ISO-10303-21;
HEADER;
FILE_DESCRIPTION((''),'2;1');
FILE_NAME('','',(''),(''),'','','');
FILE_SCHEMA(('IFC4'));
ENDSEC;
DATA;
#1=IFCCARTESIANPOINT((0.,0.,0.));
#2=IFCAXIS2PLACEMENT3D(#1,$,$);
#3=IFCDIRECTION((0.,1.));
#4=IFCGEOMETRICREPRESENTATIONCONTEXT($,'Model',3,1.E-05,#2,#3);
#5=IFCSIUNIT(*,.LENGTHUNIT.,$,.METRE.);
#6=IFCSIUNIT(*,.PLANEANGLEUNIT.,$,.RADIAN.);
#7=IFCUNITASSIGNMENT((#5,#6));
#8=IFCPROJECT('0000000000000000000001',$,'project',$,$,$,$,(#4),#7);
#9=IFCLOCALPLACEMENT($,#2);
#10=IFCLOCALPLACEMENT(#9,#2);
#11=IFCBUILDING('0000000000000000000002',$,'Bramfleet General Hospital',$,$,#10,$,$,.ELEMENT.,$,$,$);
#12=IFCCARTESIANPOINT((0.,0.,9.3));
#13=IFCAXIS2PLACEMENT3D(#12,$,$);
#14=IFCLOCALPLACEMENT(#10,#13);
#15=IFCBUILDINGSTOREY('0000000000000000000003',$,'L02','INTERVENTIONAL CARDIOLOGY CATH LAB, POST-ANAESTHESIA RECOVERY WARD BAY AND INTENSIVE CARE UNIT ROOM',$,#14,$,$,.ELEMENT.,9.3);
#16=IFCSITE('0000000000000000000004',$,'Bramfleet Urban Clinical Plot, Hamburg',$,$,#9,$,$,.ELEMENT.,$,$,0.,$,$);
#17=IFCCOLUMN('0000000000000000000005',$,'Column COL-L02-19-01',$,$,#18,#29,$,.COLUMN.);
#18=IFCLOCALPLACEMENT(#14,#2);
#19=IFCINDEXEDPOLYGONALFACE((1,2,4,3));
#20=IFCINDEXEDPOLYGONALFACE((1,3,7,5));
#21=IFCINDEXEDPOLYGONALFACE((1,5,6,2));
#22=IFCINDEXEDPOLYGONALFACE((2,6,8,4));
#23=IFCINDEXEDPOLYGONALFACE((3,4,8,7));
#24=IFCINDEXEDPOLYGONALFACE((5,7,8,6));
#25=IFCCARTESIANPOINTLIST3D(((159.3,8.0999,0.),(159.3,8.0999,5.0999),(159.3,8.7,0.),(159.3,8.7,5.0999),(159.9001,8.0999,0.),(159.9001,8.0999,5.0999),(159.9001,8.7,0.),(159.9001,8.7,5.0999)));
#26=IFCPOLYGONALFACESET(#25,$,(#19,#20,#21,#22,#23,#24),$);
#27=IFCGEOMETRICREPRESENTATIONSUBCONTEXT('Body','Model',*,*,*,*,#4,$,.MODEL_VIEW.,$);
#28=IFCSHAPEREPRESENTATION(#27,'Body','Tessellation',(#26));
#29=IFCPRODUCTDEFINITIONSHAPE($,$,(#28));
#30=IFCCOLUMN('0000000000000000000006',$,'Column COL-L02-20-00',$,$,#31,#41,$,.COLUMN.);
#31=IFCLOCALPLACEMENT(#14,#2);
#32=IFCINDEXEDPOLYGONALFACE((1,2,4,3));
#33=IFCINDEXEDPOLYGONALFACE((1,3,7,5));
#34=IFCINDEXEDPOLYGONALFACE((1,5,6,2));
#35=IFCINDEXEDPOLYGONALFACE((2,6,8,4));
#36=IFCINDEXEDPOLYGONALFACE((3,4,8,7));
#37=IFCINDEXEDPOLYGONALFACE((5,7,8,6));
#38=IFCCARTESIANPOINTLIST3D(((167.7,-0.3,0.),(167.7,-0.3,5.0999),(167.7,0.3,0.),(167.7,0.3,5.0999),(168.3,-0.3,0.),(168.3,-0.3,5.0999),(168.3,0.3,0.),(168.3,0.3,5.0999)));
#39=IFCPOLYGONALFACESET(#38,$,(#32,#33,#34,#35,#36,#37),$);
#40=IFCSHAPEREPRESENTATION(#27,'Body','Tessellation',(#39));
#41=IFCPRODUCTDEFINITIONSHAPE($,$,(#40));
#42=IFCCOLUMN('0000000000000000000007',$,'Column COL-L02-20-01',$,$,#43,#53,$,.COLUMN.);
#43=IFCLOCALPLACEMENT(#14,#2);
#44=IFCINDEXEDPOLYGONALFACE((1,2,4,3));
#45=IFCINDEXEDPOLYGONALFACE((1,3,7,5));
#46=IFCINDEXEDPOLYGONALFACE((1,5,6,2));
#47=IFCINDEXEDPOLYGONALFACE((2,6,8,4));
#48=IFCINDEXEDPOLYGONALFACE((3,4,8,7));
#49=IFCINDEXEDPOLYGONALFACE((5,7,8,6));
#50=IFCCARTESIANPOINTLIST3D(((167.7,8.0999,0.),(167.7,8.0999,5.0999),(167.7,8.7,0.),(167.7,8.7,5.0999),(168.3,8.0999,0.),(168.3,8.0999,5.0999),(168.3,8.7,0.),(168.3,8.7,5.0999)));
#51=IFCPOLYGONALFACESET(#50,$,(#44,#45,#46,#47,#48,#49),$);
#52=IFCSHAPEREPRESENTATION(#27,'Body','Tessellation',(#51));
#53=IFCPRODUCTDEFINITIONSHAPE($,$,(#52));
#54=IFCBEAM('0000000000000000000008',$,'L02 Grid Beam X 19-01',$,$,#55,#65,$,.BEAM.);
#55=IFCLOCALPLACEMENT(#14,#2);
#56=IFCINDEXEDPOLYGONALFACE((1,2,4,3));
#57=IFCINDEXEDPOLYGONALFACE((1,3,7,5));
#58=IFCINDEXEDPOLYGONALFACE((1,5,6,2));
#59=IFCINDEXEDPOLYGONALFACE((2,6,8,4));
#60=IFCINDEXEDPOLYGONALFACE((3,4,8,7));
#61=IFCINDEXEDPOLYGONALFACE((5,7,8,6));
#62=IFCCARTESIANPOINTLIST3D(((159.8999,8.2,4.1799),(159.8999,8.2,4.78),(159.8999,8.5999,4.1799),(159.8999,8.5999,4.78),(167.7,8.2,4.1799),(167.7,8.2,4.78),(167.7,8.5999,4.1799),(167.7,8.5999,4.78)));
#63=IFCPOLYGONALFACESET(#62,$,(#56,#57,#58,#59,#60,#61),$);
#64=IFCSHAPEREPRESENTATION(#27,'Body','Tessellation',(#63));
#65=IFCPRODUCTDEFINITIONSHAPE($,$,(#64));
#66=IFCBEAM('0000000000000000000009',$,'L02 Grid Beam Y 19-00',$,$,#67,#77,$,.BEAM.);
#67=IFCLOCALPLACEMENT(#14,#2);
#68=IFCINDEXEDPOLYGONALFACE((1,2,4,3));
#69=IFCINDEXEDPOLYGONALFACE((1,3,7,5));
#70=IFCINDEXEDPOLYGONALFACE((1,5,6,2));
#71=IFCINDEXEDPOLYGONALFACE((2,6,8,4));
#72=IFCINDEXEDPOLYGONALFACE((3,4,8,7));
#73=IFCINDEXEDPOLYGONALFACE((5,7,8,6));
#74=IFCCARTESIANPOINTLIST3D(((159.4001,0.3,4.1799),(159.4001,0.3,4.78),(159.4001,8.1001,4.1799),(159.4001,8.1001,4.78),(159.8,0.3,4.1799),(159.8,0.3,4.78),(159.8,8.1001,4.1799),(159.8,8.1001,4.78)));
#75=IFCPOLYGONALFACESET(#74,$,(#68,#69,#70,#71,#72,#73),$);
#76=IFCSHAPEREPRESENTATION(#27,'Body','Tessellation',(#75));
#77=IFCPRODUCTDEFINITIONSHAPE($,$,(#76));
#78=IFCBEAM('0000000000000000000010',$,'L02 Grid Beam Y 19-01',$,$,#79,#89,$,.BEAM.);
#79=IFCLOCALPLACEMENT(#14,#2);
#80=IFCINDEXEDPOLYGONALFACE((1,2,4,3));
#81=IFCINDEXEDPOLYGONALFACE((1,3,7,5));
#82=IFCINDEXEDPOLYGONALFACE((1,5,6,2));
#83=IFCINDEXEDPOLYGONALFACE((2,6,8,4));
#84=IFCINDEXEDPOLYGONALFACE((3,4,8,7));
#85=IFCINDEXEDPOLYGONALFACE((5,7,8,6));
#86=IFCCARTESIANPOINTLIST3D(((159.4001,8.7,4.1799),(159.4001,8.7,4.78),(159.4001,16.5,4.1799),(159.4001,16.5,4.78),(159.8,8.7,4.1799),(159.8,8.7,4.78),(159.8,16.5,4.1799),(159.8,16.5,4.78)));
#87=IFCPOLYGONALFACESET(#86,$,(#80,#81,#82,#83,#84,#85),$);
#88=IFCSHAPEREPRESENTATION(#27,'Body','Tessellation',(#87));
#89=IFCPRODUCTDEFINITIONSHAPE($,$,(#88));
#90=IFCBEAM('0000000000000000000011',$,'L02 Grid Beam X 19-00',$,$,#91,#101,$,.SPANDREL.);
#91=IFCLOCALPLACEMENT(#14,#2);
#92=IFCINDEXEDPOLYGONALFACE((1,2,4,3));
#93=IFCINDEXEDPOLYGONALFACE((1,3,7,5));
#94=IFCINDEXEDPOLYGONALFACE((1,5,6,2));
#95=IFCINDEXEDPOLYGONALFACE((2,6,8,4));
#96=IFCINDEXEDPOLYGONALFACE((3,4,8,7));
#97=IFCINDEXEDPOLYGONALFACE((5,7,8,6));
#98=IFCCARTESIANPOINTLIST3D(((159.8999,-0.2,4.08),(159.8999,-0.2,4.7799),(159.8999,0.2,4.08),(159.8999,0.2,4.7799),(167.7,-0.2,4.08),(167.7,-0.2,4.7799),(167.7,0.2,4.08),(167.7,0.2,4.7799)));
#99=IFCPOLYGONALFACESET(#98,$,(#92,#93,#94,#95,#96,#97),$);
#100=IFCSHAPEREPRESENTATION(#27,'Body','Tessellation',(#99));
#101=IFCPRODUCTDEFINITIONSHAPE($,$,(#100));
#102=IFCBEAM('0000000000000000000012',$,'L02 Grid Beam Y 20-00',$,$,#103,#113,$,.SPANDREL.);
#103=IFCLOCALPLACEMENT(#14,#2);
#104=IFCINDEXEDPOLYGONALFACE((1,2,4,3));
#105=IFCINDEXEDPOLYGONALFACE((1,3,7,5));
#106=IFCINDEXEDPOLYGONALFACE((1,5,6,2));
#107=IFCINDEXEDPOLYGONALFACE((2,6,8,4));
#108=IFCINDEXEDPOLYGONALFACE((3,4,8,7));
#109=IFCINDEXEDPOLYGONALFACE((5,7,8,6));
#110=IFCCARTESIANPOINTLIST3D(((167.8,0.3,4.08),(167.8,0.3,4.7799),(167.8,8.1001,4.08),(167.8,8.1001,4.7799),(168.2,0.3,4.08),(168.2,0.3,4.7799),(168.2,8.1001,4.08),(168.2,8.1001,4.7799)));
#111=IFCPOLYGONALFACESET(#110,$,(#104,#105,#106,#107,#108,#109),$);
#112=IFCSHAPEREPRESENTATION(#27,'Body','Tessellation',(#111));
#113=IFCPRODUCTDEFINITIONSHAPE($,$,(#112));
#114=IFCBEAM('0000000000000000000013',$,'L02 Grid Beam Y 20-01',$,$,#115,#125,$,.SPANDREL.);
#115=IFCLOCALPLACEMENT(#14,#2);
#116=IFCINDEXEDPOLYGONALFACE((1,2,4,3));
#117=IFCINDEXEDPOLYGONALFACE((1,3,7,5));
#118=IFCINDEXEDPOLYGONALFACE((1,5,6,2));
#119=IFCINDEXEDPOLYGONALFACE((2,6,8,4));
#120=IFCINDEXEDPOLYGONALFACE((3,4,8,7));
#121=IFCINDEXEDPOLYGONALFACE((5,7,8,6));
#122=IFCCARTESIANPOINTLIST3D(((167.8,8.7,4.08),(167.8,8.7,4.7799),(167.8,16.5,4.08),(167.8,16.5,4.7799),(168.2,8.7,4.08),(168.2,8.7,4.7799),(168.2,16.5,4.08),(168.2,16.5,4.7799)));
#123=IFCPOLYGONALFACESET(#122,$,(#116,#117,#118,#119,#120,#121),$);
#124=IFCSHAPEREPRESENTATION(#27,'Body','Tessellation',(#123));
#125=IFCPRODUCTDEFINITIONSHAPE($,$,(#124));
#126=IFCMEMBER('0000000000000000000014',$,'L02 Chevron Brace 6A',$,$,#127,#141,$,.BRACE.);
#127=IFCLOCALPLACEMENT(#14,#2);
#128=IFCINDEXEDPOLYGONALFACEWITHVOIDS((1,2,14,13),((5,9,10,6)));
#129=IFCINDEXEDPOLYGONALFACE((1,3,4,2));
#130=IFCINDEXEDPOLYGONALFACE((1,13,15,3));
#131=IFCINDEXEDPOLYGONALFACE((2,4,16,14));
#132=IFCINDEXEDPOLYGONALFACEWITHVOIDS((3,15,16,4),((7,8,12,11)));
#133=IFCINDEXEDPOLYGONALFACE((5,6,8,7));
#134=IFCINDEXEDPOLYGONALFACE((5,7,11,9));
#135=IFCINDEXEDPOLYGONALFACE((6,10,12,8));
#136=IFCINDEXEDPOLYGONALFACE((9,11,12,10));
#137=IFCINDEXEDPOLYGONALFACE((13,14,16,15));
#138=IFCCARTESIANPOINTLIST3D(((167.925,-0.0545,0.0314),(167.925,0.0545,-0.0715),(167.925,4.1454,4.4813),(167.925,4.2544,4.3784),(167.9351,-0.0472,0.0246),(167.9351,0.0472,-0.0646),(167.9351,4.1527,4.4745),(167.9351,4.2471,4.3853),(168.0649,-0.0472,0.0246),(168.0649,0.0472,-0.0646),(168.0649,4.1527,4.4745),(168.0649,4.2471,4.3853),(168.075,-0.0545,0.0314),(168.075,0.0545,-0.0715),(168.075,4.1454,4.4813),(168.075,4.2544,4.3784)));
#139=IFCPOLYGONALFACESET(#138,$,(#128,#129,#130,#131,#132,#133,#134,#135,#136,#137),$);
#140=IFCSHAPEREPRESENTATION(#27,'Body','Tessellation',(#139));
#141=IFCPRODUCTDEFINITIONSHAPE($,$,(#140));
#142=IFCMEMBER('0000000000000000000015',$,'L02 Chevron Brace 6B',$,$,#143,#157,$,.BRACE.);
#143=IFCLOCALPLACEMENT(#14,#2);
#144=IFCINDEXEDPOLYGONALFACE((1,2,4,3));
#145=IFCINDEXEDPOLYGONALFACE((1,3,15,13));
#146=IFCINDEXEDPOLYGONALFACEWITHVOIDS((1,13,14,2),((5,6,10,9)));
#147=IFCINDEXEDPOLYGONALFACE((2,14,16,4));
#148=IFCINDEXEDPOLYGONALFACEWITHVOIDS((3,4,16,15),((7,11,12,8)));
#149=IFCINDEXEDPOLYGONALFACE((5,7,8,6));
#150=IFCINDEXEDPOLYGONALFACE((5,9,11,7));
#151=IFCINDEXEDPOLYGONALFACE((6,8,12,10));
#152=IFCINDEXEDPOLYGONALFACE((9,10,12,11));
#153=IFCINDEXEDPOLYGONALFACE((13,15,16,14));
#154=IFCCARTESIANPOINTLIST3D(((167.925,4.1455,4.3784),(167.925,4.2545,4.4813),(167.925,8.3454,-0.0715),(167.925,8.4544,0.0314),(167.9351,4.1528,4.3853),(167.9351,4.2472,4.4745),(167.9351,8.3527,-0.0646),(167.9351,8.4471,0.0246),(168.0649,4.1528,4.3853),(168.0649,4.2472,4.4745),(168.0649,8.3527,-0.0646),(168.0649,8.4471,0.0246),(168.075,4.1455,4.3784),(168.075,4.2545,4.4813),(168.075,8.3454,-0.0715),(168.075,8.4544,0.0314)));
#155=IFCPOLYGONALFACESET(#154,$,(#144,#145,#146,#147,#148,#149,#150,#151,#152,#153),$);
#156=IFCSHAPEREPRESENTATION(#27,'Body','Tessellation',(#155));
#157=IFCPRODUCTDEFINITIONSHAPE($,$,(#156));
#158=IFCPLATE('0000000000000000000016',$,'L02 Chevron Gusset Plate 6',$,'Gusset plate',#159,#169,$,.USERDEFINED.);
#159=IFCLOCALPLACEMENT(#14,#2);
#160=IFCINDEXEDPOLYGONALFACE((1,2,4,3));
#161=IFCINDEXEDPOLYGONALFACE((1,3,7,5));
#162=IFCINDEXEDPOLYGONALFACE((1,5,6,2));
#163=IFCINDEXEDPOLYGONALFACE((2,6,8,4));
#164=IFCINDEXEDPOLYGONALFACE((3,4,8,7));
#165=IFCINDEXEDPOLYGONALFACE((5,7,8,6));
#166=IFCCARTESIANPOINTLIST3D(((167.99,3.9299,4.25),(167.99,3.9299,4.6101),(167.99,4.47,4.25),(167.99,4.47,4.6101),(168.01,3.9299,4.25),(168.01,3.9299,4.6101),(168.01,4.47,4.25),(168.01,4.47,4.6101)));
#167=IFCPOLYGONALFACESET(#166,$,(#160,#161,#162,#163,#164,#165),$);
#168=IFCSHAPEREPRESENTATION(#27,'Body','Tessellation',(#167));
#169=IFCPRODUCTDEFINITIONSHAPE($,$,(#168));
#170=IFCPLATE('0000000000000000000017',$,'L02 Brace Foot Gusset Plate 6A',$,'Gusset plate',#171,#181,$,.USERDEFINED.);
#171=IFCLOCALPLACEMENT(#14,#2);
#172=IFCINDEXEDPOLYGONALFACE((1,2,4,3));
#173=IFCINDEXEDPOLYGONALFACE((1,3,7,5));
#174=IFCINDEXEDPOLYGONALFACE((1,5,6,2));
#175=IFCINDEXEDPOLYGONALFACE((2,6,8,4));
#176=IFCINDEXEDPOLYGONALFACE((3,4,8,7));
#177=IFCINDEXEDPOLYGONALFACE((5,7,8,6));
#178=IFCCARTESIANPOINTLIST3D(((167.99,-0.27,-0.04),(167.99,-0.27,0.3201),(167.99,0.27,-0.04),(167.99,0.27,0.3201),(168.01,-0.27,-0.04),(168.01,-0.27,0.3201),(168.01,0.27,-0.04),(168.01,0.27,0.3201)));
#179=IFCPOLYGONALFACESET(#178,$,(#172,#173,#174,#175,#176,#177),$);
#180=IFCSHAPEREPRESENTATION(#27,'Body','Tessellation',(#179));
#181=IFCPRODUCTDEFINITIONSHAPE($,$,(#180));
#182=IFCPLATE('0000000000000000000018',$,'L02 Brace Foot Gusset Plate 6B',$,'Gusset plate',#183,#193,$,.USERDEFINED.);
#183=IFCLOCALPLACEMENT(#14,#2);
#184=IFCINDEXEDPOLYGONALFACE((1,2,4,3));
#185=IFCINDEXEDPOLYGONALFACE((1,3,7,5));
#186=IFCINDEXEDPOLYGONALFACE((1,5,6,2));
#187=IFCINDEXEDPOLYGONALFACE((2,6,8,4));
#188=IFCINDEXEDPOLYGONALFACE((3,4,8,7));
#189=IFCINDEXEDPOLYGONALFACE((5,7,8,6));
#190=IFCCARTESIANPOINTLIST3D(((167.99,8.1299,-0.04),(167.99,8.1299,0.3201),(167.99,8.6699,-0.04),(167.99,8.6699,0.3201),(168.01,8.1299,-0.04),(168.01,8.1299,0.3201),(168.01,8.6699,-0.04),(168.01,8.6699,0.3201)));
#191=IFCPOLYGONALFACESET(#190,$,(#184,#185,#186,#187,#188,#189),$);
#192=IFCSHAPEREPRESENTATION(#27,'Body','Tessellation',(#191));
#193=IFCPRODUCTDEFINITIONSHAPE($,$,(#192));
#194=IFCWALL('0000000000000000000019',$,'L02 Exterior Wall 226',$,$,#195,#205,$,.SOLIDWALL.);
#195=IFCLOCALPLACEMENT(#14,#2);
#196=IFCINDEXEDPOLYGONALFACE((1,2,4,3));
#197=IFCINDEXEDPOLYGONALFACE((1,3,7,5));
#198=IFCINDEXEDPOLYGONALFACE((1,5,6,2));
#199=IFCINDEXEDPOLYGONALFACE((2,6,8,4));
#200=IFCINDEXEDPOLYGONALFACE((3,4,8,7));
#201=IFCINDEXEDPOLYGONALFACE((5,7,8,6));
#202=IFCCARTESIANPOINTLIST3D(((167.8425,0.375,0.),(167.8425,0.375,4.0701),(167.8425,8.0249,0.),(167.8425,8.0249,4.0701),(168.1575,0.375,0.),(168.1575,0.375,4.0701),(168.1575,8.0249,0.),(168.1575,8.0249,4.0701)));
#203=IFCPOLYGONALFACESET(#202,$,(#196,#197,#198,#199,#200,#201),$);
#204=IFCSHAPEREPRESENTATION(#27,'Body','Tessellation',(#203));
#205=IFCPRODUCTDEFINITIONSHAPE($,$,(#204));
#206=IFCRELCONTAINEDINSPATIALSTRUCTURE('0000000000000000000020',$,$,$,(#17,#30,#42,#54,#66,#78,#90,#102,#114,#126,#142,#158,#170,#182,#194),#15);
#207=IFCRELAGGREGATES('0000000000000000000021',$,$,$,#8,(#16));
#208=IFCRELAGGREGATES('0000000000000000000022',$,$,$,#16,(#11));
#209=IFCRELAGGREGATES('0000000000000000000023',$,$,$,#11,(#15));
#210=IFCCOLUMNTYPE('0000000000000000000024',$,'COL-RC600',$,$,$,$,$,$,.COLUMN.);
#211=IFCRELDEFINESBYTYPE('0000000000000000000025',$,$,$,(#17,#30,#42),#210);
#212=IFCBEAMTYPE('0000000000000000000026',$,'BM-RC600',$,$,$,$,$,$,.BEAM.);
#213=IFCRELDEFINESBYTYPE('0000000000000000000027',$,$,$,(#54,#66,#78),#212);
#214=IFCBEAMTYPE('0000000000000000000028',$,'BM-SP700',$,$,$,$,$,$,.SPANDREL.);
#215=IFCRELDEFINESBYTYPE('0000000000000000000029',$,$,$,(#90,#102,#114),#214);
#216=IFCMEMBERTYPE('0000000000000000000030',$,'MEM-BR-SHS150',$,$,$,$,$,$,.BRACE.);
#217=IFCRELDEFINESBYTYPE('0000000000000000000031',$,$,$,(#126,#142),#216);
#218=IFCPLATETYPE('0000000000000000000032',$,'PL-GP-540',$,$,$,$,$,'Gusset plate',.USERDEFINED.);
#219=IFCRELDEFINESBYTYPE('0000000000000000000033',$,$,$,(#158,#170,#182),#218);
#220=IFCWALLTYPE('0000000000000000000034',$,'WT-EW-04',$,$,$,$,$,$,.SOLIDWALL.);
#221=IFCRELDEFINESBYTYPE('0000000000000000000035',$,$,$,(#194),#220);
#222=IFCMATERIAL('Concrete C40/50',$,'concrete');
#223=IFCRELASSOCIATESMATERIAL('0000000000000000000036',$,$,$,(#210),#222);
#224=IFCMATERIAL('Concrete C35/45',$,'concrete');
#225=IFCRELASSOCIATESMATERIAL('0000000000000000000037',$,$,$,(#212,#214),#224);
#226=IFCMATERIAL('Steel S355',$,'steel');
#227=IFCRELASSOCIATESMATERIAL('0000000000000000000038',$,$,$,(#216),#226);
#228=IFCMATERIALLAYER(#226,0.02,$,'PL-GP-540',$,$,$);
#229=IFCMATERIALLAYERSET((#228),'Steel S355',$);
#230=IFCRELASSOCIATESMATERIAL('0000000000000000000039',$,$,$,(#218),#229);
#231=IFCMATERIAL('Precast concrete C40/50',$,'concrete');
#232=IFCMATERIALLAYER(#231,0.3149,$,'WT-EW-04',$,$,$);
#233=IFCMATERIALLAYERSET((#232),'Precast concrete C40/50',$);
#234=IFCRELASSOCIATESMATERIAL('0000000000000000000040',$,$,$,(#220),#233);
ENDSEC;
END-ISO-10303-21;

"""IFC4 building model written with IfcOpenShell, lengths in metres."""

from ifc_helpers import new_model, si_unit, direction, frame, frame_2d, origin, origin_2d, place, context, subcontext, project, spatial, rectangle, hollow_rectangle, extrude, material, layer, layer_set, material_profile, profile_set, type_object, element, save


model = new_model("IFC4")

# Units and contexts
model_context = context("Model", 3, precision=1e-05, world=origin(), true_north=direction((0.0, 1.0)))
body_context = subcontext(model_context, "Body", "Model", "MODEL_VIEW")
ifc_project = project(units=[si_unit("LENGTHUNIT", "METRE"), si_unit("PLANEANGLEUNIT", "RADIAN")], contexts=[model_context])

# Site, building, storey
site_placement = place(None, origin())
site = spatial("IfcSite", under=ifc_project, at=site_placement, Name="Bramfleet Urban Clinical Plot, Hamburg", CompositionType="ELEMENT", RefElevation=0.0)
building_placement = place(site_placement, origin())
building = spatial("IfcBuilding", under=site, at=building_placement, Name="Bramfleet General Hospital", CompositionType="ELEMENT")
storey_placement = place(building_placement, frame((0.0, 0.0, 9.3)))
storey = spatial("IfcBuildingStorey", under=building, at=storey_placement, Name="L02", Description="INTERVENTIONAL CARDIOLOGY CATH LAB, POST-ANAESTHESIA RECOVERY WARD BAY AND INTENSIVE CARE UNIT ROOM", CompositionType="ELEMENT", Elevation=9.3)

# Columns
ifc_material_1 = material(Name="Concrete C40/50", Category="concrete")
ifc_material_profile_1 = material_profile(ifc_material_1, rectangle(XDim=0.6001, YDim=0.6001, at=origin_2d()), Name="RC COL 600x600")
ifc_profile_set_1 = profile_set([ifc_material_profile_1], Name="Concrete C40/50")
column_type = type_object("IfcColumnType", Name="COL-RC600", PredefinedType="COLUMN", material=ifc_profile_set_1)
for number, where, z_axis, x_axis, name in (
    (1, (159.6001, 8.3999, 0.0), (0.0, 0.0, 1.0), (1.0, 0.0, 0.0), "Column COL-L02-19-01"),
    (2, (168.0, 0.0, 0.0), (0.0, 0.0, 1.0), (1.0, 0.0, 0.0), "Column COL-L02-20-00"),
    (3, (168.0, 8.3999, 0.0), (0.0, 0.0, 1.0), (1.0, 0.0, 0.0), "Column COL-L02-20-01"),
):
    element("IfcColumn", number, at=place(storey_placement, frame(where, z_axis=z_axis, x_axis=x_axis)), inside=storey, type_object=column_type, Name=name, PredefinedType="COLUMN", context=body_context, shape_type="SweptSolid", body=[
        extrude(rectangle(XDim=0.6001, YDim=0.6001, at=origin_2d()), origin(), (0.0, 0.0, 1.0), 5.0999),
    ])

# Beams
ifc_material_2 = material(Name="Concrete C35/45", Category="concrete")
ifc_material_profile_2 = material_profile(ifc_material_2, rectangle(XDim=0.3999, YDim=0.6001, at=origin_2d()), Name="RC BM 600x400")
ifc_profile_set_2 = profile_set([ifc_material_profile_2], Name="Concrete C35/45")
beam_type_1 = type_object("IfcBeamType", Name="BM-RC600", PredefinedType="BEAM", material=ifc_profile_set_2)
for number, where, z_axis, x_axis, name in (
    (4, (159.8999, 8.3999, 4.48), (1.0, 0.0, 0.0), (0.0, 1.0, 0.0), "L02 Grid Beam X 19-01"),
    (5, (159.6001, 0.3, 4.48), (0.0, 1.0, 0.0), (-1.0, 0.0, 0.0), "L02 Grid Beam Y 19-00"),
    (6, (159.6001, 8.7, 4.48), (0.0, 1.0, 0.0), (-1.0, 0.0, 0.0), "L02 Grid Beam Y 19-01"),
):
    element("IfcBeam", number, at=place(storey_placement, frame(where, z_axis=z_axis, x_axis=x_axis)), inside=storey, type_object=beam_type_1, Name=name, PredefinedType="BEAM", context=body_context, shape_type="SweptSolid", body=[
        extrude(rectangle(XDim=0.3999, YDim=0.6001, at=origin_2d()), origin(), (0.0, 0.0, 1.0), 7.8),
    ])
ifc_material_profile_3 = material_profile(ifc_material_2, rectangle(XDim=0.3999, YDim=0.7, at=origin_2d()), Name="RC SP 700x400")
ifc_profile_set_3 = profile_set([ifc_material_profile_3], Name="Concrete C35/45")
beam_type_2 = type_object("IfcBeamType", Name="BM-SP700", PredefinedType="SPANDREL", material=ifc_profile_set_3)
for number, where, z_axis, x_axis, name in (
    (7, (159.8999, 0.0, 4.4299), (1.0, 0.0, 0.0), (0.0, 1.0, 0.0), "L02 Grid Beam X 19-00"),
    (8, (168.0, 0.3, 4.4299), (0.0, 1.0, 0.0), (-1.0, 0.0, 0.0), "L02 Grid Beam Y 20-00"),
    (9, (168.0, 8.7, 4.4299), (0.0, 1.0, 0.0), (-1.0, 0.0, 0.0), "L02 Grid Beam Y 20-01"),
):
    element("IfcBeam", number, at=place(storey_placement, frame(where, z_axis=z_axis, x_axis=x_axis)), inside=storey, type_object=beam_type_2, Name=name, PredefinedType="SPANDREL", context=body_context, shape_type="SweptSolid", body=[
        extrude(rectangle(XDim=0.3999, YDim=0.7, at=origin_2d()), origin(), (0.0, 0.0, 1.0), 7.8),
    ])

# Members
ifc_material_3 = material(Name="Steel S355", Category="steel")
ifc_material_profile_4 = material_profile(ifc_material_3, hollow_rectangle(XDim=0.1499, YDim=0.1499, WallThickness=0.01, at=origin_2d()), Name="SHS 150x150x10.0")
ifc_profile_set_4 = profile_set([ifc_material_profile_4], Name="Steel S355")
member_type = type_object("IfcMemberType", Name="MEM-BR-SHS150", PredefinedType="BRACE", material=ifc_profile_set_4)
for number, where, z_axis, x_axis, name in (
    (10, (168.0, 0.0, -0.02), (0.0, 0.686383, 0.72724), (-1.0, 0.0, 0.0), "L02 Chevron Brace 6A"),
    (11, (168.0, 8.3999, -0.02), (0.0, -0.686383, 0.72724), (1.0, 0.0, 0.0), "L02 Chevron Brace 6B"),
):
    element("IfcMember", number, at=place(storey_placement, frame(where, z_axis=z_axis, x_axis=x_axis)), inside=storey, type_object=member_type, Name=name, PredefinedType="BRACE", context=body_context, shape_type="SweptSolid", body=[
        extrude(hollow_rectangle(XDim=0.1499, YDim=0.1499, WallThickness=0.01, at=origin_2d()), origin(), (0.0, 0.0, 1.0), 6.1189),
    ])

# Plates
ifc_layer_1 = layer(ifc_material_3, 0.02, Name="PL-GP-540")
ifc_layer_set_1 = layer_set([ifc_layer_1], Name="Steel S355")
plate_type = type_object("IfcPlateType", Name="PL-GP-540", ElementType="Gusset plate", PredefinedType="USERDEFINED", material=ifc_layer_set_1)
for number, where, z_axis, x_axis, name in (
    (12, (168.0, 4.2, 4.25), (0.0, 0.0, 1.0), (1.0, 0.0, 0.0), "L02 Chevron Gusset Plate 6"),
    (13, (168.0, 0.0, -0.04), (0.0, 0.0, 1.0), (1.0, 0.0, 0.0), "L02 Brace Foot Gusset Plate 6A"),
    (14, (168.0, 8.3999, -0.04), (0.0, 0.0, 1.0), (1.0, 0.0, 0.0), "L02 Brace Foot Gusset Plate 6B"),
):
    element("IfcPlate", number, at=place(storey_placement, frame(where, z_axis=z_axis, x_axis=x_axis)), inside=storey, type_object=plate_type, Name=name, ObjectType="Gusset plate", PredefinedType="USERDEFINED", context=body_context, shape_type="SweptSolid", body=[
        extrude(rectangle(XDim=0.02, YDim=0.54, at=origin_2d()), origin(), (0.0, 0.0, 1.0), 0.3601),
    ])

# Wall
ifc_material_4 = material(Name="Precast concrete C40/50", Category="concrete")
ifc_layer_2 = layer(ifc_material_4, 0.3149, Name="WT-EW-04")
ifc_layer_set_2 = layer_set([ifc_layer_2], Name="Precast concrete C40/50")
wall_type_1 = type_object("IfcWallType", Name="WT-EW-04", PredefinedType="SOLIDWALL", material=ifc_layer_set_2)
wall_1_placement = place(storey_placement, frame((168.0, 8.0249, 0.0), z_axis=(0.0, 0.0, 1.0), x_axis=(0.0, -1.0, 0.0)))
element("IfcWall", 15, at=wall_1_placement, inside=storey, type_object=wall_type_1, Name="L02 Exterior Wall 226", PredefinedType="SOLIDWALL", context=body_context, shape_type="SweptSolid", body=[
    extrude(rectangle(XDim=7.6499, YDim=0.3149, at=frame_2d((3.825, 0.0))), origin(), (0.0, 0.0, 1.0), 4.0701),
])

save(model, "model.ifc")
